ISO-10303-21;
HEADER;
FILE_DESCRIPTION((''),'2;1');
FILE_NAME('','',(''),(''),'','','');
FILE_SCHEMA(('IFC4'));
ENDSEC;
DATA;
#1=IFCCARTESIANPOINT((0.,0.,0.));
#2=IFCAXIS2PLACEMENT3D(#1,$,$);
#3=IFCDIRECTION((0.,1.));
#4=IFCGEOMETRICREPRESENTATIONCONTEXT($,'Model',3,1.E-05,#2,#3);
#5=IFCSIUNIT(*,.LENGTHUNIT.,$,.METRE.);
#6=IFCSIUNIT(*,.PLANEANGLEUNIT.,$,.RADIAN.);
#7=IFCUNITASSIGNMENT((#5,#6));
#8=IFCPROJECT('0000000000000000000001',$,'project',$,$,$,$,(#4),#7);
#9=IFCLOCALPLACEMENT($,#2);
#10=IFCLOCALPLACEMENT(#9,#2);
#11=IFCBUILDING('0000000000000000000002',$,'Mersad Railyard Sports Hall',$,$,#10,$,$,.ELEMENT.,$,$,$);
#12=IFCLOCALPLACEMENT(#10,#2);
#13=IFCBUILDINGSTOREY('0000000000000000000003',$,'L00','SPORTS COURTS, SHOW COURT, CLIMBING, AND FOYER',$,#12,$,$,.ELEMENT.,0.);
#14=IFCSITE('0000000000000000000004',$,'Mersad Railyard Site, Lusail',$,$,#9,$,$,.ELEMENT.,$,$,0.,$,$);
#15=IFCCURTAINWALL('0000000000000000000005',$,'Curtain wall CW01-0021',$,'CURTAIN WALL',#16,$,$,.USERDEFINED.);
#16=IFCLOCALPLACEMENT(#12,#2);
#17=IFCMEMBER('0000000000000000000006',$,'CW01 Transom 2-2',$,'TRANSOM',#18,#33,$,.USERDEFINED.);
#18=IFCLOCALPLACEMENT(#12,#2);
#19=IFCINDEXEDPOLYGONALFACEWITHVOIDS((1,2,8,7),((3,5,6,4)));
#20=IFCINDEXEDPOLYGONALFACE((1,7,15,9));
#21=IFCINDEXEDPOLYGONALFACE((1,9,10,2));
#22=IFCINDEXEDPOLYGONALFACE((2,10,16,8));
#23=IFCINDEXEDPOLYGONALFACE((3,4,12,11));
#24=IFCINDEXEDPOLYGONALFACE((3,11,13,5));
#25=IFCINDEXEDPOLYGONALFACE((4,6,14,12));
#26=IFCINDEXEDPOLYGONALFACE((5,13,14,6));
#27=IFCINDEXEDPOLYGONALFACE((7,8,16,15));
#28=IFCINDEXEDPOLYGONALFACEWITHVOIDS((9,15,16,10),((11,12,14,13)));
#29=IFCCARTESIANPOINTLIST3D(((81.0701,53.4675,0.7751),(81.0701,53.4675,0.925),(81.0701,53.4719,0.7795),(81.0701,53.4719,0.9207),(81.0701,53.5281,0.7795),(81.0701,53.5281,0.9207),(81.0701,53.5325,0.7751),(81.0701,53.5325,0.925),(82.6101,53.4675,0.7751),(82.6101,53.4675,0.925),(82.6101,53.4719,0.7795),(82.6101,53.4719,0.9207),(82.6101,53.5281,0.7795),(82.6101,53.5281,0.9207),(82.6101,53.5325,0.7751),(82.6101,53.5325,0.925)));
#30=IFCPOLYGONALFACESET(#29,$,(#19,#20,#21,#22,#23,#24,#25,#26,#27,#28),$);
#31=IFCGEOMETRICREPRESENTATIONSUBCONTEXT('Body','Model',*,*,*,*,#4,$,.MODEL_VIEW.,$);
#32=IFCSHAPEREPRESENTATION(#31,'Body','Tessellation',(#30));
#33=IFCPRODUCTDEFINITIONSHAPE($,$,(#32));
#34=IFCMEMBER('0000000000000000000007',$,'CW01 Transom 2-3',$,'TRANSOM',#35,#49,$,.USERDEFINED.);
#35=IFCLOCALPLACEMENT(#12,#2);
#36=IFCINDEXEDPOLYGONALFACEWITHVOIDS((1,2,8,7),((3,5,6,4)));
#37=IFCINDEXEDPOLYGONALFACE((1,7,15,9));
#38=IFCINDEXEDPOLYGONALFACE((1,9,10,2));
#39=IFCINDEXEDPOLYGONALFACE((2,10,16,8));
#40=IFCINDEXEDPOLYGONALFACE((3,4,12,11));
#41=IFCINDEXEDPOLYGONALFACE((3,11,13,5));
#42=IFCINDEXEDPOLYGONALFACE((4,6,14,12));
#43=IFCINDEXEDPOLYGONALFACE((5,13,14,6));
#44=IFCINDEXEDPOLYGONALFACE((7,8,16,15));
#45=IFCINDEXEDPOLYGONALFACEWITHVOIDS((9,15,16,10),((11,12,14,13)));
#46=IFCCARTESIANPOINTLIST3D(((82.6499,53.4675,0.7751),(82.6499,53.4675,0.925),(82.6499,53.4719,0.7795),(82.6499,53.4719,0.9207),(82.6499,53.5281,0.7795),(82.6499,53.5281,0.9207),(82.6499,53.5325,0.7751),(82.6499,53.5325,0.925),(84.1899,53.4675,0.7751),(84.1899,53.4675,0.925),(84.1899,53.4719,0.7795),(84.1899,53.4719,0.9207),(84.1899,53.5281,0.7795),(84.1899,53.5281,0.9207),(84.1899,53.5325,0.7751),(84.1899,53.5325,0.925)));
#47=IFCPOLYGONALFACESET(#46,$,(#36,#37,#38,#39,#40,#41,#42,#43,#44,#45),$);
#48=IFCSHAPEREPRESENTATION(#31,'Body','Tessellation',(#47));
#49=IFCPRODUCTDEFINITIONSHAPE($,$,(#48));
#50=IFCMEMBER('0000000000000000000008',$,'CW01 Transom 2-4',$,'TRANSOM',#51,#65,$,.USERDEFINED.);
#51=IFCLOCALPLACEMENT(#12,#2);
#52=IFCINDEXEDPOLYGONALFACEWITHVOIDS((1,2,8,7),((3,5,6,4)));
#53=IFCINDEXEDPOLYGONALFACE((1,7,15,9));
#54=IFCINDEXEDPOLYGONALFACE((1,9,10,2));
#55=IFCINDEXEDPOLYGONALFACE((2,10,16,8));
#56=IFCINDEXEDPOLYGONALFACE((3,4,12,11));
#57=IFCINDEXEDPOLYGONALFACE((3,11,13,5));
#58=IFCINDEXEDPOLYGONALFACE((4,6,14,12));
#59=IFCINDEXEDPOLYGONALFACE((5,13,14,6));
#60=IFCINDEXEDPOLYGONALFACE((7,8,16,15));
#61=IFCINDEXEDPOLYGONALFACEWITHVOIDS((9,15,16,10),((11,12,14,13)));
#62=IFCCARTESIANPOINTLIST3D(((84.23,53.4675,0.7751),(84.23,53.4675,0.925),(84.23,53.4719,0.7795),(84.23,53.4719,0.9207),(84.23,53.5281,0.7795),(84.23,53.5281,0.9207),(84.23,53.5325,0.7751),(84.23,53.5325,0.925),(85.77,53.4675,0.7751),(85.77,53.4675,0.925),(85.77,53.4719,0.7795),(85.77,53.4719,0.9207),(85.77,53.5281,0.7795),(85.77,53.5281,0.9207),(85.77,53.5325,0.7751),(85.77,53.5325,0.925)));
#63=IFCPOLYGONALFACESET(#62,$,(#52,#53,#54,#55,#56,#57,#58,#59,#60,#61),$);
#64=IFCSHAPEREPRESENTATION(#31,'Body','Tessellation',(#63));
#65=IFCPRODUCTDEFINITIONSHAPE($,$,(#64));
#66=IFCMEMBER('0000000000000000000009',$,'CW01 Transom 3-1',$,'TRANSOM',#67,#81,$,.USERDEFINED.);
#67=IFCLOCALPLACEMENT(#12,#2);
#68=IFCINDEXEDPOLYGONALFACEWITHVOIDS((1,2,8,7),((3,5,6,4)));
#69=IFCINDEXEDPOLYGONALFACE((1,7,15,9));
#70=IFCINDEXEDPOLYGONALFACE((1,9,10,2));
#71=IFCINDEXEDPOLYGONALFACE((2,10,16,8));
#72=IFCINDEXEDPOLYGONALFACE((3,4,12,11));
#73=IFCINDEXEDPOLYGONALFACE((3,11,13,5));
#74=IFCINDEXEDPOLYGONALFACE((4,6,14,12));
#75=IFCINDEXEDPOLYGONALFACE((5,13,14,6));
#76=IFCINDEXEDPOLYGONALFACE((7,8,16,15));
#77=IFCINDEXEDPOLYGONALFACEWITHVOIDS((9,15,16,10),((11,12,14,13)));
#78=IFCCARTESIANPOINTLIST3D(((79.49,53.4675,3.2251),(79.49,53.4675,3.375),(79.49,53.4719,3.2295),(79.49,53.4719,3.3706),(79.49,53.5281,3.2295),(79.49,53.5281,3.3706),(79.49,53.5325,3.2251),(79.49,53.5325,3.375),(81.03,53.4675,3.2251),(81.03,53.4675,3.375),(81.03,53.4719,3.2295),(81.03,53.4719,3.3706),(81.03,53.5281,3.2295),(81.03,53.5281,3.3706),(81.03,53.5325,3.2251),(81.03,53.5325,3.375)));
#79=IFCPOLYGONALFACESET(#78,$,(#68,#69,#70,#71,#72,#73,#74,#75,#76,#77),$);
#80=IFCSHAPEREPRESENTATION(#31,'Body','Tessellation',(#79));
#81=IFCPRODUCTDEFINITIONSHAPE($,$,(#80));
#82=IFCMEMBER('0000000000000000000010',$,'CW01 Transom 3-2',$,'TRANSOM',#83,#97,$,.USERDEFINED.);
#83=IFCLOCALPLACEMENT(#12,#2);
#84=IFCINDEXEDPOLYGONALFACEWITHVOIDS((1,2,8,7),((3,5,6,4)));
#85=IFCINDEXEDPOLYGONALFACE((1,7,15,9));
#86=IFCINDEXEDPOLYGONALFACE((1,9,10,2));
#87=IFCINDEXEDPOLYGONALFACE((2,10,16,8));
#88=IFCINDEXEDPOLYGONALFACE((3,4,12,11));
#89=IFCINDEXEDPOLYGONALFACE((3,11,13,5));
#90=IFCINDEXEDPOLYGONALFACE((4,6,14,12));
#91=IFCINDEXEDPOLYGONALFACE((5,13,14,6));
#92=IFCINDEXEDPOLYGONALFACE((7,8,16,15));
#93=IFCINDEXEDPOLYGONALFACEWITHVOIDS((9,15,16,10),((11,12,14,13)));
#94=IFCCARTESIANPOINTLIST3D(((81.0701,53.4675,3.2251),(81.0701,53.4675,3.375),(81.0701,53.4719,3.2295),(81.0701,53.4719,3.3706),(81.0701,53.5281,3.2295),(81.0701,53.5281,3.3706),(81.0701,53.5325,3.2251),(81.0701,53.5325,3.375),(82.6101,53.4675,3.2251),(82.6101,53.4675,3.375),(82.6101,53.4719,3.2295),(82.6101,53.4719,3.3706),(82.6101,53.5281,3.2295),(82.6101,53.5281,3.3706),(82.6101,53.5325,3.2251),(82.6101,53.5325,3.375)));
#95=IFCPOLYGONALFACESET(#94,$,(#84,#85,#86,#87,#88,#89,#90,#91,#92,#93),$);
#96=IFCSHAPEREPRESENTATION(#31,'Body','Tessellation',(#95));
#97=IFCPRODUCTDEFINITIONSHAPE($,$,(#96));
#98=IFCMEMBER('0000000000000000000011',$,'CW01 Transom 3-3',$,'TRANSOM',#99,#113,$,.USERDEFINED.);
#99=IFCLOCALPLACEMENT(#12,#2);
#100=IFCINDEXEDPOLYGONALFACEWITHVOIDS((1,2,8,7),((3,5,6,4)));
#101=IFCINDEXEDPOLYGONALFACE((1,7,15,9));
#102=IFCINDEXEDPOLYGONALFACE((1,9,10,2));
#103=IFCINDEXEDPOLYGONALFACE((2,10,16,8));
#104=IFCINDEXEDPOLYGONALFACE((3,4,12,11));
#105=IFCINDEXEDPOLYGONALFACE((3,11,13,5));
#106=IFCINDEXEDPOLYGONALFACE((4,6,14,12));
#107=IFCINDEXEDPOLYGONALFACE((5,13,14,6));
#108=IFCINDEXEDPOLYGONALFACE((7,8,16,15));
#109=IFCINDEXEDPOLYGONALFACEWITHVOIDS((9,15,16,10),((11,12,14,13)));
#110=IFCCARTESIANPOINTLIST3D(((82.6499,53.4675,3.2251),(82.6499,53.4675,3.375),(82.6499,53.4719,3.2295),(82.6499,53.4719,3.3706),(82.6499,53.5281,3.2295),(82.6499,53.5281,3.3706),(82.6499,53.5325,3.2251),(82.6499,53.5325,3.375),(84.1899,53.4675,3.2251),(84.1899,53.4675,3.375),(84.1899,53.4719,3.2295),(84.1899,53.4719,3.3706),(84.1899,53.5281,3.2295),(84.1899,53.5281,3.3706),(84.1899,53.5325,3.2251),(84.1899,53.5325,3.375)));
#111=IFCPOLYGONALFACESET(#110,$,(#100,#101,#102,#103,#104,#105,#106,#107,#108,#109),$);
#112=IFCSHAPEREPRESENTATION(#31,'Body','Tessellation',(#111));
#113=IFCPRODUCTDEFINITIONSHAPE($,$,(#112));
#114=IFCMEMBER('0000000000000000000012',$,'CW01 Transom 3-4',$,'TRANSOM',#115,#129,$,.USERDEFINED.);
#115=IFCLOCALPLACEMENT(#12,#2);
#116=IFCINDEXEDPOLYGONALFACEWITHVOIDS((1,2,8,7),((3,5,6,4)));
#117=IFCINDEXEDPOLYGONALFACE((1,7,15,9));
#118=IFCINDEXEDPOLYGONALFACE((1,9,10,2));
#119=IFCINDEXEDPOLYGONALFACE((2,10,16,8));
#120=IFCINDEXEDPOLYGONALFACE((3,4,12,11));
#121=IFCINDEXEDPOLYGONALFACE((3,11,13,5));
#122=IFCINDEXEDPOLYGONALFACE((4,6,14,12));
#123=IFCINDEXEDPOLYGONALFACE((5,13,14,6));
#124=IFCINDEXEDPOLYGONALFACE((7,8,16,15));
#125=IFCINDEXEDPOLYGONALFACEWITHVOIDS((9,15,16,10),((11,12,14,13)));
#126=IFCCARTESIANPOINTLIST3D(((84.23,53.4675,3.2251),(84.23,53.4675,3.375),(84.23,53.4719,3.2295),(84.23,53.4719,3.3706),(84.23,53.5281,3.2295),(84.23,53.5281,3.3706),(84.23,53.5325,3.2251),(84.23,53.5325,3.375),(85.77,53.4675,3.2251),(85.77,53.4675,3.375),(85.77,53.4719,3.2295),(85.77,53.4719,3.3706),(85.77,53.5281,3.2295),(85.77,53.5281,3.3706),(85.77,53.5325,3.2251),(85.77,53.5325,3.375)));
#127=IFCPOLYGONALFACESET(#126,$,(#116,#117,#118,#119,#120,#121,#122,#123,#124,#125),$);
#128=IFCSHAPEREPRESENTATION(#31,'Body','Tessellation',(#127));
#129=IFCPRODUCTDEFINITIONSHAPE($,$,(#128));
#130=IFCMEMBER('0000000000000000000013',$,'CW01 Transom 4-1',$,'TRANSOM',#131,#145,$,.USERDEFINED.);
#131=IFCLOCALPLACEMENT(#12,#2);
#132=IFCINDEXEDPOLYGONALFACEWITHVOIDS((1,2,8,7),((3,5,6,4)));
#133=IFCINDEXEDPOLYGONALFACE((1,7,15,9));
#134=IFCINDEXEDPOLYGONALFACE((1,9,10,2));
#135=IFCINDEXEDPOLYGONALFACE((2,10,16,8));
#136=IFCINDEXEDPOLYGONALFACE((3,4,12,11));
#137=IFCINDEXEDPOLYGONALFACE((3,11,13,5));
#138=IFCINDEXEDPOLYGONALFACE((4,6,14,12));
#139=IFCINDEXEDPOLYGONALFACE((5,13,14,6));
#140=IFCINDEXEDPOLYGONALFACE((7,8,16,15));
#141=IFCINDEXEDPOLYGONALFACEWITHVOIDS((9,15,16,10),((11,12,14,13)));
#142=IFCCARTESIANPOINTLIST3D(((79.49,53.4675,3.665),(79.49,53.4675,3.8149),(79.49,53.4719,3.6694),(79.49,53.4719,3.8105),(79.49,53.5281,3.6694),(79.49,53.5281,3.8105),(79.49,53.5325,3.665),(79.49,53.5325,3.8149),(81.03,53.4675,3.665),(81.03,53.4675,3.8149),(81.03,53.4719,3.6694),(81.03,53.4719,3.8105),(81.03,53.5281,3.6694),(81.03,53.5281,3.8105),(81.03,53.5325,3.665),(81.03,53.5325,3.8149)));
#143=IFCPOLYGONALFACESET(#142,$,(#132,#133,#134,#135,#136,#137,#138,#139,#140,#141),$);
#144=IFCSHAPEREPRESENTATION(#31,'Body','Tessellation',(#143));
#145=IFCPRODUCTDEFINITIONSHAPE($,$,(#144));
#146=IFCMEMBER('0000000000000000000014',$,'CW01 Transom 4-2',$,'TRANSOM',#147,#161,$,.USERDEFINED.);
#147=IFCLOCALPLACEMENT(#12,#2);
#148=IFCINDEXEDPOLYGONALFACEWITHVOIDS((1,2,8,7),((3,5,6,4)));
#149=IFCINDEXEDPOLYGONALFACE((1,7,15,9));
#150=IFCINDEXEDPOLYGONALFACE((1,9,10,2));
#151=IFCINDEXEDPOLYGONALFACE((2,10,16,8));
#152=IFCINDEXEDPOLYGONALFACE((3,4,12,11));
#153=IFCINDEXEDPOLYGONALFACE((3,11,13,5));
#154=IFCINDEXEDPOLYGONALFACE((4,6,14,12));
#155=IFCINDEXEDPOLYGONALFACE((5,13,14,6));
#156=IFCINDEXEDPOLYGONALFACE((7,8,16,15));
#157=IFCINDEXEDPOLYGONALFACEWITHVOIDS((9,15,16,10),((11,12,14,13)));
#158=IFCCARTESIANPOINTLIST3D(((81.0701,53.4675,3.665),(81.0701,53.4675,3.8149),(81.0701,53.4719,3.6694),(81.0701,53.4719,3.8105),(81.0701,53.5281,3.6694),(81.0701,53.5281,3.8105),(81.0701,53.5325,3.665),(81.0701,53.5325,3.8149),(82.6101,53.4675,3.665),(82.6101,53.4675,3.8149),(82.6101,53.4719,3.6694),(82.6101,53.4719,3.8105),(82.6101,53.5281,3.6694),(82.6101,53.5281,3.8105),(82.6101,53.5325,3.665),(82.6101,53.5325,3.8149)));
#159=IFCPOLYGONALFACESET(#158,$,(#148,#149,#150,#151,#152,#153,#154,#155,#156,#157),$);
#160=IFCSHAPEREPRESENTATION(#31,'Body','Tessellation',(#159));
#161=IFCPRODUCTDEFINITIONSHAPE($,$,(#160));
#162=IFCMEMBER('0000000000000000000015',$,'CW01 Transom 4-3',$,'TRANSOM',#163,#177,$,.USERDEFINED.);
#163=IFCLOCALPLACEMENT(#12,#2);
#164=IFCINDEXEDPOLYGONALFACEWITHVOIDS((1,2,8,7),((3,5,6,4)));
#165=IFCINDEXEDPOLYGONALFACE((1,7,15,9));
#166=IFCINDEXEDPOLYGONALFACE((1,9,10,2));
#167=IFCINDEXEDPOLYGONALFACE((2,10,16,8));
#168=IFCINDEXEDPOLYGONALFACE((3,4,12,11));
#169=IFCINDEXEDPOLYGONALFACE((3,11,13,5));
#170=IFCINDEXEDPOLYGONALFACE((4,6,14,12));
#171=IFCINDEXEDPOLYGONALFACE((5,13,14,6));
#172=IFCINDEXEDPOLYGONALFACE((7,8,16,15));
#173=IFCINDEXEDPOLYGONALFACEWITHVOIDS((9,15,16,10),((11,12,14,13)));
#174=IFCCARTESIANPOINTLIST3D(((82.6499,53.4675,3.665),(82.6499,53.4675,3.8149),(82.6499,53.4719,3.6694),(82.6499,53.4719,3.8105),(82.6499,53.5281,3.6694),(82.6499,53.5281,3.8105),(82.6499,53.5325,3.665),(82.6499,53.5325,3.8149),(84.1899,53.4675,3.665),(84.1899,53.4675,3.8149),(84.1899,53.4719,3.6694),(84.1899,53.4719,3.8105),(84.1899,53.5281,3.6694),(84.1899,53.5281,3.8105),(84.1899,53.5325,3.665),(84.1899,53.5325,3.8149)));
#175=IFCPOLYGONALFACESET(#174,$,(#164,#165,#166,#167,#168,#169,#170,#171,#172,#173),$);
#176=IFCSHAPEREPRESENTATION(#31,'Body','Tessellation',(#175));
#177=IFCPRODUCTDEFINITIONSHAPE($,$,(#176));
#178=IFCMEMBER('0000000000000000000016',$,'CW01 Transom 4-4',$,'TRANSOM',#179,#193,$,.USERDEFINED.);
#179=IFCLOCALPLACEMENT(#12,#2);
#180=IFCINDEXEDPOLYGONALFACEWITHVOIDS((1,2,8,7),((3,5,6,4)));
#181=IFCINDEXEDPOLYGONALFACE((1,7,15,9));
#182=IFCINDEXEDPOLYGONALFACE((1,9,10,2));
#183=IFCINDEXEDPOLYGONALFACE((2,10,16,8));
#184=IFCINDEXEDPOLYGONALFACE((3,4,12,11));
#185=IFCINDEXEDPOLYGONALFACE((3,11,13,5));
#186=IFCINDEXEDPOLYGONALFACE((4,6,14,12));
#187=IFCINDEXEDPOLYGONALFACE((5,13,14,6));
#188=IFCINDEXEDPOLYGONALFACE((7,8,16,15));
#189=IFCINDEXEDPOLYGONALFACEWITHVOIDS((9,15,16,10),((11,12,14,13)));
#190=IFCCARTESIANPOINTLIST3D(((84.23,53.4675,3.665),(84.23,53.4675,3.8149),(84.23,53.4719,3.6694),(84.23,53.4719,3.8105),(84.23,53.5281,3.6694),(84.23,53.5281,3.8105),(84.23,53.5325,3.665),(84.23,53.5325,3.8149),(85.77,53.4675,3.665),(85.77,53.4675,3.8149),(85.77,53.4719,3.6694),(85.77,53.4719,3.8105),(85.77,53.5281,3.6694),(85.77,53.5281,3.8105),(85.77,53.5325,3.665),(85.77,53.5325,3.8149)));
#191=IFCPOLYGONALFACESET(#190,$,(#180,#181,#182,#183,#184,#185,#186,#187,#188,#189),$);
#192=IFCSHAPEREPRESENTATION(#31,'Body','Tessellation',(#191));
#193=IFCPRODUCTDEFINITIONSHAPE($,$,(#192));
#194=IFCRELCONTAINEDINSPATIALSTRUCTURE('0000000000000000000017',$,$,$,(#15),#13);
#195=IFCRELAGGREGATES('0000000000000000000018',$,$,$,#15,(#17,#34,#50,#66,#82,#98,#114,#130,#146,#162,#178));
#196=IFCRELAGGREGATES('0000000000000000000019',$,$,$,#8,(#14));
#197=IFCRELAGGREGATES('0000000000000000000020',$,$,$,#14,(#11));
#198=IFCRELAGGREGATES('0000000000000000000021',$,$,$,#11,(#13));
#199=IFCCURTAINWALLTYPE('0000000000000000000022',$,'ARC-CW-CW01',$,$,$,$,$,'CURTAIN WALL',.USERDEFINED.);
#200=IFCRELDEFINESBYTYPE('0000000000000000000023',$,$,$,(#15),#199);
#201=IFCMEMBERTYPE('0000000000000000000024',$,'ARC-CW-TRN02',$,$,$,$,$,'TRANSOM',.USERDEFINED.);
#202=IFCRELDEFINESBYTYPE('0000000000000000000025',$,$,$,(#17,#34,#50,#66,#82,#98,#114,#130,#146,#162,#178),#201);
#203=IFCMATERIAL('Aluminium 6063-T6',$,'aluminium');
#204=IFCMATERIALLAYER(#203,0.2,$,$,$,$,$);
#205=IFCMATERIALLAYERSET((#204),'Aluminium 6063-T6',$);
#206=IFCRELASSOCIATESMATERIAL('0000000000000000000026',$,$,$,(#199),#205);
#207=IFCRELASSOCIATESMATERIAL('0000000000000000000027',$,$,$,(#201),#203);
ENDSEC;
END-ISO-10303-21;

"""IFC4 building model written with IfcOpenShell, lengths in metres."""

from ifc_helpers import new_model, si_unit, direction, frame, origin, origin_2d, place, context, subcontext, project, spatial, hollow_rectangle, extrude, material, layer, layer_set, material_profile, profile_set, type_object, element, aggregate, save


model = new_model("IFC4")

# Units and contexts
model_context = context("Model", 3, precision=1e-05, world=origin(), true_north=direction((0.0, 1.0)))
body_context = subcontext(model_context, "Body", "Model", "MODEL_VIEW")
ifc_project = project(units=[si_unit("LENGTHUNIT", "METRE"), si_unit("PLANEANGLEUNIT", "RADIAN")], contexts=[model_context])

# Site, building, storey
site_placement = place(None, origin())
site = spatial("IfcSite", under=ifc_project, at=site_placement, Name="Mersad Railyard Site, Lusail", CompositionType="ELEMENT", RefElevation=0.0)
building_placement = place(site_placement, origin())
building = spatial("IfcBuilding", under=site, at=building_placement, Name="Mersad Railyard Sports Hall", CompositionType="ELEMENT")
storey_placement = place(building_placement, origin())
storey = spatial("IfcBuildingStorey", under=building, at=storey_placement, Name="L00", Description="SPORTS COURTS, SHOW COURT, CLIMBING, AND FOYER", CompositionType="ELEMENT", Elevation=0.0)

# Curtain wall, members
ifc_material_1 = material(Name="Aluminium 6063-T6", Category="aluminium")
ifc_layer_1 = layer(ifc_material_1, 0.2)
ifc_layer_set_1 = layer_set([ifc_layer_1], Name="Aluminium 6063-T6")
curtain_wall_type = type_object("IfcCurtainWallType", Name="ARC-CW-CW01", ElementType="CURTAIN WALL", PredefinedType="USERDEFINED", material=ifc_layer_set_1)
curtain_wall_placement = place(storey_placement, origin())
curtain_wall = element("IfcCurtainWall", 1, at=curtain_wall_placement, inside=storey, type_object=curtain_wall_type, Name="Curtain wall CW01-0021", ObjectType="CURTAIN WALL", PredefinedType="USERDEFINED")
ifc_material_profile_1 = material_profile(ifc_material_1, hollow_rectangle(XDim=0.0649, YDim=0.1499, WallThickness=0.0044, at=origin_2d()), Name="AL TRANSOM 65x150x4.5")
ifc_profile_set_1 = profile_set([ifc_material_profile_1], Name="Aluminium 6063-T6")
member_type_1 = type_object("IfcMemberType", Name="ARC-CW-TRN02", ElementType="TRANSOM", PredefinedType="USERDEFINED", material=ifc_profile_set_1)
member_1_placement = place(storey_placement, frame((81.0701, 53.5, 0.8501), z_axis=(1.0, 0.0, 0.0), x_axis=(0.0, 1.0, 0.0)))
member_1 = element("IfcMember", 2, at=member_1_placement, type_object=member_type_1, Name="CW01 Transom 2-2", ObjectType="TRANSOM", PredefinedType="USERDEFINED", context=body_context, shape_type="SweptSolid", body=[
    extrude(hollow_rectangle(XDim=0.0649, YDim=0.1499, WallThickness=0.0044, at=origin_2d()), origin(), (0.0, 0.0, 1.0), 1.54),
])
member_2_placement = place(storey_placement, frame((82.6499, 53.5, 0.8501), z_axis=(1.0, 0.0, 0.0), x_axis=(0.0, 1.0, 0.0)))
member_2 = element("IfcMember", 3, at=member_2_placement, type_object=member_type_1, Name="CW01 Transom 2-3", ObjectType="TRANSOM", PredefinedType="USERDEFINED", context=body_context, shape_type="SweptSolid", body=[
    extrude(hollow_rectangle(XDim=0.0649, YDim=0.1499, WallThickness=0.0044, at=origin_2d()), origin(), (0.0, 0.0, 1.0), 1.54),
])
member_3_placement = place(storey_placement, frame((84.23, 53.5, 0.8501), z_axis=(1.0, 0.0, 0.0), x_axis=(0.0, 1.0, 0.0)))
member_3 = element("IfcMember", 4, at=member_3_placement, type_object=member_type_1, Name="CW01 Transom 2-4", ObjectType="TRANSOM", PredefinedType="USERDEFINED", context=body_context, shape_type="SweptSolid", body=[
    extrude(hollow_rectangle(XDim=0.0649, YDim=0.1499, WallThickness=0.0044, at=origin_2d()), origin(), (0.0, 0.0, 1.0), 1.54),
])
member_4_placement = place(storey_placement, frame((79.49, 53.5, 3.3), z_axis=(1.0, 0.0, 0.0), x_axis=(0.0, 1.0, 0.0)))
member_4 = element("IfcMember", 5, at=member_4_placement, type_object=member_type_1, Name="CW01 Transom 3-1", ObjectType="TRANSOM", PredefinedType="USERDEFINED", context=body_context, shape_type="SweptSolid", body=[
    extrude(hollow_rectangle(XDim=0.0649, YDim=0.1499, WallThickness=0.0044, at=origin_2d()), origin(), (0.0, 0.0, 1.0), 1.54),
])
member_5_placement = place(storey_placement, frame((81.0701, 53.5, 3.3), z_axis=(1.0, 0.0, 0.0), x_axis=(0.0, 1.0, 0.0)))
member_5 = element("IfcMember", 6, at=member_5_placement, type_object=member_type_1, Name="CW01 Transom 3-2", ObjectType="TRANSOM", PredefinedType="USERDEFINED", context=body_context, shape_type="SweptSolid", body=[
    extrude(hollow_rectangle(XDim=0.0649, YDim=0.1499, WallThickness=0.0044, at=origin_2d()), origin(), (0.0, 0.0, 1.0), 1.54),
])
member_6_placement = place(storey_placement, frame((82.6499, 53.5, 3.3), z_axis=(1.0, 0.0, 0.0), x_axis=(0.0, 1.0, 0.0)))
member_6 = element("IfcMember", 7, at=member_6_placement, type_object=member_type_1, Name="CW01 Transom 3-3", ObjectType="TRANSOM", PredefinedType="USERDEFINED", context=body_context, shape_type="SweptSolid", body=[
    extrude(hollow_rectangle(XDim=0.0649, YDim=0.1499, WallThickness=0.0044, at=origin_2d()), origin(), (0.0, 0.0, 1.0), 1.54),
])
member_7_placement = place(storey_placement, frame((84.23, 53.5, 3.3), z_axis=(1.0, 0.0, 0.0), x_axis=(0.0, 1.0, 0.0)))
member_7 = element("IfcMember", 8, at=member_7_placement, type_object=member_type_1, Name="CW01 Transom 3-4", ObjectType="TRANSOM", PredefinedType="USERDEFINED", context=body_context, shape_type="SweptSolid", body=[
    extrude(hollow_rectangle(XDim=0.0649, YDim=0.1499, WallThickness=0.0044, at=origin_2d()), origin(), (0.0, 0.0, 1.0), 1.54),
])
member_8_placement = place(storey_placement, frame((79.49, 53.5, 3.74), z_axis=(1.0, 0.0, 0.0), x_axis=(0.0, 1.0, 0.0)))
member_8 = element("IfcMember", 9, at=member_8_placement, type_object=member_type_1, Name="CW01 Transom 4-1", ObjectType="TRANSOM", PredefinedType="USERDEFINED", context=body_context, shape_type="SweptSolid", body=[
    extrude(hollow_rectangle(XDim=0.0649, YDim=0.1499, WallThickness=0.0044, at=origin_2d()), origin(), (0.0, 0.0, 1.0), 1.54),
])
member_9_placement = place(storey_placement, frame((81.0701, 53.5, 3.74), z_axis=(1.0, 0.0, 0.0), x_axis=(0.0, 1.0, 0.0)))
member_9 = element("IfcMember", 10, at=member_9_placement, type_object=member_type_1, Name="CW01 Transom 4-2", ObjectType="TRANSOM", PredefinedType="USERDEFINED", context=body_context, shape_type="SweptSolid", body=[
    extrude(hollow_rectangle(XDim=0.0649, YDim=0.1499, WallThickness=0.0044, at=origin_2d()), origin(), (0.0, 0.0, 1.0), 1.54),
])
member_10_placement = place(storey_placement, frame((82.6499, 53.5, 3.74), z_axis=(1.0, 0.0, 0.0), x_axis=(0.0, 1.0, 0.0)))
member_10 = element("IfcMember", 11, at=member_10_placement, type_object=member_type_1, Name="CW01 Transom 4-3", ObjectType="TRANSOM", PredefinedType="USERDEFINED", context=body_context, shape_type="SweptSolid", body=[
    extrude(hollow_rectangle(XDim=0.0649, YDim=0.1499, WallThickness=0.0044, at=origin_2d()), origin(), (0.0, 0.0, 1.0), 1.54),
])
member_11_placement = place(storey_placement, frame((84.23, 53.5, 3.74), z_axis=(1.0, 0.0, 0.0), x_axis=(0.0, 1.0, 0.0)))
member_11 = element("IfcMember", 12, at=member_11_placement, type_object=member_type_1, Name="CW01 Transom 4-4", ObjectType="TRANSOM", PredefinedType="USERDEFINED", context=body_context, shape_type="SweptSolid", body=[
    extrude(hollow_rectangle(XDim=0.0649, YDim=0.1499, WallThickness=0.0044, at=origin_2d()), origin(), (0.0, 0.0, 1.0), 1.54),
])

aggregate(curtain_wall, [member_1, member_2, member_3, member_4, member_5, member_6, member_7, member_8, member_9, member_10, member_11])

save(model, "model.ifc")
